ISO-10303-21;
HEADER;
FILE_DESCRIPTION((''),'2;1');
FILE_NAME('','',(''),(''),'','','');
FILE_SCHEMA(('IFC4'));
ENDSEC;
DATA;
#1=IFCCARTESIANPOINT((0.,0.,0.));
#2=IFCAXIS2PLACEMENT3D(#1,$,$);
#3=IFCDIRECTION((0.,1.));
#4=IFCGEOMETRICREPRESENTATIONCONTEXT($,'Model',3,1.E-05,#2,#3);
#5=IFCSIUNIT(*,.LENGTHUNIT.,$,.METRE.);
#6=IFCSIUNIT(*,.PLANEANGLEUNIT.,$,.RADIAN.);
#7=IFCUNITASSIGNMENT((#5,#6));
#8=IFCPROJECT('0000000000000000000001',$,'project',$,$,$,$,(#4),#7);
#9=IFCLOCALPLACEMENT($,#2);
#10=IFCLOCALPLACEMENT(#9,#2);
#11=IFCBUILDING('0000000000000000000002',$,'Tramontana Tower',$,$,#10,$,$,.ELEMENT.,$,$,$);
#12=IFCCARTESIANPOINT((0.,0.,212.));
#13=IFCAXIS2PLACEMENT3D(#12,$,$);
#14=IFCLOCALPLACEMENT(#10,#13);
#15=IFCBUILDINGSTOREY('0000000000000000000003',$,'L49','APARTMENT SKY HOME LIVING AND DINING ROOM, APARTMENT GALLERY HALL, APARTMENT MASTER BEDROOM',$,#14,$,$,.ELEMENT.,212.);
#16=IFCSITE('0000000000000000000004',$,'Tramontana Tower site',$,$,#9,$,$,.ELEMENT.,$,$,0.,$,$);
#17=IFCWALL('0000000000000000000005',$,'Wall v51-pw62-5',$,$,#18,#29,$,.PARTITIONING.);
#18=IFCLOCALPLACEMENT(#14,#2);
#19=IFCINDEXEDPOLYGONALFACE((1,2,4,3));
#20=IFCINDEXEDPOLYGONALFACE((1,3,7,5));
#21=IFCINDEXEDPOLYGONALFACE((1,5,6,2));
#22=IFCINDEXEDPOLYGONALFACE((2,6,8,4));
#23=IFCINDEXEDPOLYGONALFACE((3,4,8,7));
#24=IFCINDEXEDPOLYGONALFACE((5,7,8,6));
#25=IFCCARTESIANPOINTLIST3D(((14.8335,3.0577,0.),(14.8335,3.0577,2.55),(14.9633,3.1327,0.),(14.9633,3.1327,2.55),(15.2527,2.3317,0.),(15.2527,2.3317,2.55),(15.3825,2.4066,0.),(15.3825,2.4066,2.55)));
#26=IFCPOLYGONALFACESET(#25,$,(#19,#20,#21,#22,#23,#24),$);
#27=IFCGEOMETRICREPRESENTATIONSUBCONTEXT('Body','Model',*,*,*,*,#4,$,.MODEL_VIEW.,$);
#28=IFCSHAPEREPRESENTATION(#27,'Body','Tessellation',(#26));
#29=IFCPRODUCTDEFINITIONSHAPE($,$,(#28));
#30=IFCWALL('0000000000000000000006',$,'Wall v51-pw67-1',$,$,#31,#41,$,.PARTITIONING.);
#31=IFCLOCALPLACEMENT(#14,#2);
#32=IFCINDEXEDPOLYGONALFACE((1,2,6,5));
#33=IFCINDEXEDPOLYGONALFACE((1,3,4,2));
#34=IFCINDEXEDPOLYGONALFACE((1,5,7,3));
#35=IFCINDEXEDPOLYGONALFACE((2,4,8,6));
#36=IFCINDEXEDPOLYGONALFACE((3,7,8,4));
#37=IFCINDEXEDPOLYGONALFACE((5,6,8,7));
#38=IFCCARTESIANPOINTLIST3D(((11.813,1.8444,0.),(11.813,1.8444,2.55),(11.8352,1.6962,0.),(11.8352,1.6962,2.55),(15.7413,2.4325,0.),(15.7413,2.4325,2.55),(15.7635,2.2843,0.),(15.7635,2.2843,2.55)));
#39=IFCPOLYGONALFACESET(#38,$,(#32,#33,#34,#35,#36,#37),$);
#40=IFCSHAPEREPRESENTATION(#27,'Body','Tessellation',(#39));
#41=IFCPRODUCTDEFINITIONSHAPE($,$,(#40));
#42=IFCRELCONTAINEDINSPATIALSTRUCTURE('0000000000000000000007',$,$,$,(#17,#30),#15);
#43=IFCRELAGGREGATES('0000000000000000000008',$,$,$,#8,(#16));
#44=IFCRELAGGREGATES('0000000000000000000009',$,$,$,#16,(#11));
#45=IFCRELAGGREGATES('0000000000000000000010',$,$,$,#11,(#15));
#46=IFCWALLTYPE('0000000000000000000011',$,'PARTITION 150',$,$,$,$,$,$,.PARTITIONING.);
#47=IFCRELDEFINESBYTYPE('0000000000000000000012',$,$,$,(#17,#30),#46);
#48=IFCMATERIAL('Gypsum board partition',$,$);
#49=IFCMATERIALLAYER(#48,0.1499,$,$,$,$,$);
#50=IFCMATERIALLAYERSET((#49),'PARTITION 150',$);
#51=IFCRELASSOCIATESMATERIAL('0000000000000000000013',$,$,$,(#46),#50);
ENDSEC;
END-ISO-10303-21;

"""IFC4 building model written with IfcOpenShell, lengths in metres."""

from ifc_helpers import new_model, si_unit, direction, frame, frame_2d, origin, place, context, subcontext, project, spatial, rectangle, extrude, material, layer, layer_set, type_object, element, save


model = new_model("IFC4")

# Units and contexts
model_context = context("Model", 3, precision=1e-05, world=origin(), true_north=direction((0.0, 1.0)))
body_context = subcontext(model_context, "Body", "Model", "MODEL_VIEW")
ifc_project = project(units=[si_unit("LENGTHUNIT", "METRE"), si_unit("PLANEANGLEUNIT", "RADIAN")], contexts=[model_context])

# Site, building, storey
site_placement = place(None, origin())
site = spatial("IfcSite", under=ifc_project, at=site_placement, Name="Tramontana Tower site", CompositionType="ELEMENT", RefElevation=0.0)
building_placement = place(site_placement, origin())
building = spatial("IfcBuilding", under=site, at=building_placement, Name="Tramontana Tower", CompositionType="ELEMENT")
storey_placement = place(building_placement, frame((0.0, 0.0, 212.0)))
storey = spatial("IfcBuildingStorey", under=building, at=storey_placement, Name="L49", Description="APARTMENT SKY HOME LIVING AND DINING ROOM, APARTMENT GALLERY HALL, APARTMENT MASTER BEDROOM", CompositionType="ELEMENT", Elevation=212.0)

# Shared definitions
ifc_material_1 = material(Name="Gypsum board partition")
ifc_layer_1 = layer(ifc_material_1, 0.1499)
ifc_layer_set_1 = layer_set([ifc_layer_1], Name="PARTITION 150")
wall_type_1 = type_object("IfcWallType", Name="PARTITION 150", PredefinedType="PARTITIONING", material=ifc_layer_set_1)

# Wall
wall_1_placement = place(storey_placement, frame((14.8984, 3.0952, 0.0), z_axis=(0.0, 0.0, 1.0), x_axis=(0.499991, -0.86603, 0.0)))
element("IfcWall", 1, at=wall_1_placement, inside=storey, type_object=wall_type_1, Name="Wall v51-pw62-5", PredefinedType="PARTITIONING", context=body_context, shape_type="SweptSolid", body=[
    extrude(rectangle(XDim=0.8384, YDim=0.1499, at=frame_2d((0.4192, 0.0))), origin(), (0.0, 0.0, 1.0), 2.55),
])

# Wall
wall_2_placement = place(storey_placement, frame((15.7524, 2.3584, 0.0), z_axis=(0.0, 0.0, 1.0), x_axis=(-0.988978, -0.148061, 0.0)))
element("IfcWall", 2, at=wall_2_placement, inside=storey, type_object=wall_type_1, Name="Wall v51-pw67-1", PredefinedType="PARTITIONING", context=body_context, shape_type="SweptSolid", body=[
    extrude(rectangle(XDim=3.9722, YDim=0.1499, at=frame_2d((1.9861, 0.0))), origin(), (0.0, 0.0, 1.0), 2.55),
])

save(model, "model.ifc")
